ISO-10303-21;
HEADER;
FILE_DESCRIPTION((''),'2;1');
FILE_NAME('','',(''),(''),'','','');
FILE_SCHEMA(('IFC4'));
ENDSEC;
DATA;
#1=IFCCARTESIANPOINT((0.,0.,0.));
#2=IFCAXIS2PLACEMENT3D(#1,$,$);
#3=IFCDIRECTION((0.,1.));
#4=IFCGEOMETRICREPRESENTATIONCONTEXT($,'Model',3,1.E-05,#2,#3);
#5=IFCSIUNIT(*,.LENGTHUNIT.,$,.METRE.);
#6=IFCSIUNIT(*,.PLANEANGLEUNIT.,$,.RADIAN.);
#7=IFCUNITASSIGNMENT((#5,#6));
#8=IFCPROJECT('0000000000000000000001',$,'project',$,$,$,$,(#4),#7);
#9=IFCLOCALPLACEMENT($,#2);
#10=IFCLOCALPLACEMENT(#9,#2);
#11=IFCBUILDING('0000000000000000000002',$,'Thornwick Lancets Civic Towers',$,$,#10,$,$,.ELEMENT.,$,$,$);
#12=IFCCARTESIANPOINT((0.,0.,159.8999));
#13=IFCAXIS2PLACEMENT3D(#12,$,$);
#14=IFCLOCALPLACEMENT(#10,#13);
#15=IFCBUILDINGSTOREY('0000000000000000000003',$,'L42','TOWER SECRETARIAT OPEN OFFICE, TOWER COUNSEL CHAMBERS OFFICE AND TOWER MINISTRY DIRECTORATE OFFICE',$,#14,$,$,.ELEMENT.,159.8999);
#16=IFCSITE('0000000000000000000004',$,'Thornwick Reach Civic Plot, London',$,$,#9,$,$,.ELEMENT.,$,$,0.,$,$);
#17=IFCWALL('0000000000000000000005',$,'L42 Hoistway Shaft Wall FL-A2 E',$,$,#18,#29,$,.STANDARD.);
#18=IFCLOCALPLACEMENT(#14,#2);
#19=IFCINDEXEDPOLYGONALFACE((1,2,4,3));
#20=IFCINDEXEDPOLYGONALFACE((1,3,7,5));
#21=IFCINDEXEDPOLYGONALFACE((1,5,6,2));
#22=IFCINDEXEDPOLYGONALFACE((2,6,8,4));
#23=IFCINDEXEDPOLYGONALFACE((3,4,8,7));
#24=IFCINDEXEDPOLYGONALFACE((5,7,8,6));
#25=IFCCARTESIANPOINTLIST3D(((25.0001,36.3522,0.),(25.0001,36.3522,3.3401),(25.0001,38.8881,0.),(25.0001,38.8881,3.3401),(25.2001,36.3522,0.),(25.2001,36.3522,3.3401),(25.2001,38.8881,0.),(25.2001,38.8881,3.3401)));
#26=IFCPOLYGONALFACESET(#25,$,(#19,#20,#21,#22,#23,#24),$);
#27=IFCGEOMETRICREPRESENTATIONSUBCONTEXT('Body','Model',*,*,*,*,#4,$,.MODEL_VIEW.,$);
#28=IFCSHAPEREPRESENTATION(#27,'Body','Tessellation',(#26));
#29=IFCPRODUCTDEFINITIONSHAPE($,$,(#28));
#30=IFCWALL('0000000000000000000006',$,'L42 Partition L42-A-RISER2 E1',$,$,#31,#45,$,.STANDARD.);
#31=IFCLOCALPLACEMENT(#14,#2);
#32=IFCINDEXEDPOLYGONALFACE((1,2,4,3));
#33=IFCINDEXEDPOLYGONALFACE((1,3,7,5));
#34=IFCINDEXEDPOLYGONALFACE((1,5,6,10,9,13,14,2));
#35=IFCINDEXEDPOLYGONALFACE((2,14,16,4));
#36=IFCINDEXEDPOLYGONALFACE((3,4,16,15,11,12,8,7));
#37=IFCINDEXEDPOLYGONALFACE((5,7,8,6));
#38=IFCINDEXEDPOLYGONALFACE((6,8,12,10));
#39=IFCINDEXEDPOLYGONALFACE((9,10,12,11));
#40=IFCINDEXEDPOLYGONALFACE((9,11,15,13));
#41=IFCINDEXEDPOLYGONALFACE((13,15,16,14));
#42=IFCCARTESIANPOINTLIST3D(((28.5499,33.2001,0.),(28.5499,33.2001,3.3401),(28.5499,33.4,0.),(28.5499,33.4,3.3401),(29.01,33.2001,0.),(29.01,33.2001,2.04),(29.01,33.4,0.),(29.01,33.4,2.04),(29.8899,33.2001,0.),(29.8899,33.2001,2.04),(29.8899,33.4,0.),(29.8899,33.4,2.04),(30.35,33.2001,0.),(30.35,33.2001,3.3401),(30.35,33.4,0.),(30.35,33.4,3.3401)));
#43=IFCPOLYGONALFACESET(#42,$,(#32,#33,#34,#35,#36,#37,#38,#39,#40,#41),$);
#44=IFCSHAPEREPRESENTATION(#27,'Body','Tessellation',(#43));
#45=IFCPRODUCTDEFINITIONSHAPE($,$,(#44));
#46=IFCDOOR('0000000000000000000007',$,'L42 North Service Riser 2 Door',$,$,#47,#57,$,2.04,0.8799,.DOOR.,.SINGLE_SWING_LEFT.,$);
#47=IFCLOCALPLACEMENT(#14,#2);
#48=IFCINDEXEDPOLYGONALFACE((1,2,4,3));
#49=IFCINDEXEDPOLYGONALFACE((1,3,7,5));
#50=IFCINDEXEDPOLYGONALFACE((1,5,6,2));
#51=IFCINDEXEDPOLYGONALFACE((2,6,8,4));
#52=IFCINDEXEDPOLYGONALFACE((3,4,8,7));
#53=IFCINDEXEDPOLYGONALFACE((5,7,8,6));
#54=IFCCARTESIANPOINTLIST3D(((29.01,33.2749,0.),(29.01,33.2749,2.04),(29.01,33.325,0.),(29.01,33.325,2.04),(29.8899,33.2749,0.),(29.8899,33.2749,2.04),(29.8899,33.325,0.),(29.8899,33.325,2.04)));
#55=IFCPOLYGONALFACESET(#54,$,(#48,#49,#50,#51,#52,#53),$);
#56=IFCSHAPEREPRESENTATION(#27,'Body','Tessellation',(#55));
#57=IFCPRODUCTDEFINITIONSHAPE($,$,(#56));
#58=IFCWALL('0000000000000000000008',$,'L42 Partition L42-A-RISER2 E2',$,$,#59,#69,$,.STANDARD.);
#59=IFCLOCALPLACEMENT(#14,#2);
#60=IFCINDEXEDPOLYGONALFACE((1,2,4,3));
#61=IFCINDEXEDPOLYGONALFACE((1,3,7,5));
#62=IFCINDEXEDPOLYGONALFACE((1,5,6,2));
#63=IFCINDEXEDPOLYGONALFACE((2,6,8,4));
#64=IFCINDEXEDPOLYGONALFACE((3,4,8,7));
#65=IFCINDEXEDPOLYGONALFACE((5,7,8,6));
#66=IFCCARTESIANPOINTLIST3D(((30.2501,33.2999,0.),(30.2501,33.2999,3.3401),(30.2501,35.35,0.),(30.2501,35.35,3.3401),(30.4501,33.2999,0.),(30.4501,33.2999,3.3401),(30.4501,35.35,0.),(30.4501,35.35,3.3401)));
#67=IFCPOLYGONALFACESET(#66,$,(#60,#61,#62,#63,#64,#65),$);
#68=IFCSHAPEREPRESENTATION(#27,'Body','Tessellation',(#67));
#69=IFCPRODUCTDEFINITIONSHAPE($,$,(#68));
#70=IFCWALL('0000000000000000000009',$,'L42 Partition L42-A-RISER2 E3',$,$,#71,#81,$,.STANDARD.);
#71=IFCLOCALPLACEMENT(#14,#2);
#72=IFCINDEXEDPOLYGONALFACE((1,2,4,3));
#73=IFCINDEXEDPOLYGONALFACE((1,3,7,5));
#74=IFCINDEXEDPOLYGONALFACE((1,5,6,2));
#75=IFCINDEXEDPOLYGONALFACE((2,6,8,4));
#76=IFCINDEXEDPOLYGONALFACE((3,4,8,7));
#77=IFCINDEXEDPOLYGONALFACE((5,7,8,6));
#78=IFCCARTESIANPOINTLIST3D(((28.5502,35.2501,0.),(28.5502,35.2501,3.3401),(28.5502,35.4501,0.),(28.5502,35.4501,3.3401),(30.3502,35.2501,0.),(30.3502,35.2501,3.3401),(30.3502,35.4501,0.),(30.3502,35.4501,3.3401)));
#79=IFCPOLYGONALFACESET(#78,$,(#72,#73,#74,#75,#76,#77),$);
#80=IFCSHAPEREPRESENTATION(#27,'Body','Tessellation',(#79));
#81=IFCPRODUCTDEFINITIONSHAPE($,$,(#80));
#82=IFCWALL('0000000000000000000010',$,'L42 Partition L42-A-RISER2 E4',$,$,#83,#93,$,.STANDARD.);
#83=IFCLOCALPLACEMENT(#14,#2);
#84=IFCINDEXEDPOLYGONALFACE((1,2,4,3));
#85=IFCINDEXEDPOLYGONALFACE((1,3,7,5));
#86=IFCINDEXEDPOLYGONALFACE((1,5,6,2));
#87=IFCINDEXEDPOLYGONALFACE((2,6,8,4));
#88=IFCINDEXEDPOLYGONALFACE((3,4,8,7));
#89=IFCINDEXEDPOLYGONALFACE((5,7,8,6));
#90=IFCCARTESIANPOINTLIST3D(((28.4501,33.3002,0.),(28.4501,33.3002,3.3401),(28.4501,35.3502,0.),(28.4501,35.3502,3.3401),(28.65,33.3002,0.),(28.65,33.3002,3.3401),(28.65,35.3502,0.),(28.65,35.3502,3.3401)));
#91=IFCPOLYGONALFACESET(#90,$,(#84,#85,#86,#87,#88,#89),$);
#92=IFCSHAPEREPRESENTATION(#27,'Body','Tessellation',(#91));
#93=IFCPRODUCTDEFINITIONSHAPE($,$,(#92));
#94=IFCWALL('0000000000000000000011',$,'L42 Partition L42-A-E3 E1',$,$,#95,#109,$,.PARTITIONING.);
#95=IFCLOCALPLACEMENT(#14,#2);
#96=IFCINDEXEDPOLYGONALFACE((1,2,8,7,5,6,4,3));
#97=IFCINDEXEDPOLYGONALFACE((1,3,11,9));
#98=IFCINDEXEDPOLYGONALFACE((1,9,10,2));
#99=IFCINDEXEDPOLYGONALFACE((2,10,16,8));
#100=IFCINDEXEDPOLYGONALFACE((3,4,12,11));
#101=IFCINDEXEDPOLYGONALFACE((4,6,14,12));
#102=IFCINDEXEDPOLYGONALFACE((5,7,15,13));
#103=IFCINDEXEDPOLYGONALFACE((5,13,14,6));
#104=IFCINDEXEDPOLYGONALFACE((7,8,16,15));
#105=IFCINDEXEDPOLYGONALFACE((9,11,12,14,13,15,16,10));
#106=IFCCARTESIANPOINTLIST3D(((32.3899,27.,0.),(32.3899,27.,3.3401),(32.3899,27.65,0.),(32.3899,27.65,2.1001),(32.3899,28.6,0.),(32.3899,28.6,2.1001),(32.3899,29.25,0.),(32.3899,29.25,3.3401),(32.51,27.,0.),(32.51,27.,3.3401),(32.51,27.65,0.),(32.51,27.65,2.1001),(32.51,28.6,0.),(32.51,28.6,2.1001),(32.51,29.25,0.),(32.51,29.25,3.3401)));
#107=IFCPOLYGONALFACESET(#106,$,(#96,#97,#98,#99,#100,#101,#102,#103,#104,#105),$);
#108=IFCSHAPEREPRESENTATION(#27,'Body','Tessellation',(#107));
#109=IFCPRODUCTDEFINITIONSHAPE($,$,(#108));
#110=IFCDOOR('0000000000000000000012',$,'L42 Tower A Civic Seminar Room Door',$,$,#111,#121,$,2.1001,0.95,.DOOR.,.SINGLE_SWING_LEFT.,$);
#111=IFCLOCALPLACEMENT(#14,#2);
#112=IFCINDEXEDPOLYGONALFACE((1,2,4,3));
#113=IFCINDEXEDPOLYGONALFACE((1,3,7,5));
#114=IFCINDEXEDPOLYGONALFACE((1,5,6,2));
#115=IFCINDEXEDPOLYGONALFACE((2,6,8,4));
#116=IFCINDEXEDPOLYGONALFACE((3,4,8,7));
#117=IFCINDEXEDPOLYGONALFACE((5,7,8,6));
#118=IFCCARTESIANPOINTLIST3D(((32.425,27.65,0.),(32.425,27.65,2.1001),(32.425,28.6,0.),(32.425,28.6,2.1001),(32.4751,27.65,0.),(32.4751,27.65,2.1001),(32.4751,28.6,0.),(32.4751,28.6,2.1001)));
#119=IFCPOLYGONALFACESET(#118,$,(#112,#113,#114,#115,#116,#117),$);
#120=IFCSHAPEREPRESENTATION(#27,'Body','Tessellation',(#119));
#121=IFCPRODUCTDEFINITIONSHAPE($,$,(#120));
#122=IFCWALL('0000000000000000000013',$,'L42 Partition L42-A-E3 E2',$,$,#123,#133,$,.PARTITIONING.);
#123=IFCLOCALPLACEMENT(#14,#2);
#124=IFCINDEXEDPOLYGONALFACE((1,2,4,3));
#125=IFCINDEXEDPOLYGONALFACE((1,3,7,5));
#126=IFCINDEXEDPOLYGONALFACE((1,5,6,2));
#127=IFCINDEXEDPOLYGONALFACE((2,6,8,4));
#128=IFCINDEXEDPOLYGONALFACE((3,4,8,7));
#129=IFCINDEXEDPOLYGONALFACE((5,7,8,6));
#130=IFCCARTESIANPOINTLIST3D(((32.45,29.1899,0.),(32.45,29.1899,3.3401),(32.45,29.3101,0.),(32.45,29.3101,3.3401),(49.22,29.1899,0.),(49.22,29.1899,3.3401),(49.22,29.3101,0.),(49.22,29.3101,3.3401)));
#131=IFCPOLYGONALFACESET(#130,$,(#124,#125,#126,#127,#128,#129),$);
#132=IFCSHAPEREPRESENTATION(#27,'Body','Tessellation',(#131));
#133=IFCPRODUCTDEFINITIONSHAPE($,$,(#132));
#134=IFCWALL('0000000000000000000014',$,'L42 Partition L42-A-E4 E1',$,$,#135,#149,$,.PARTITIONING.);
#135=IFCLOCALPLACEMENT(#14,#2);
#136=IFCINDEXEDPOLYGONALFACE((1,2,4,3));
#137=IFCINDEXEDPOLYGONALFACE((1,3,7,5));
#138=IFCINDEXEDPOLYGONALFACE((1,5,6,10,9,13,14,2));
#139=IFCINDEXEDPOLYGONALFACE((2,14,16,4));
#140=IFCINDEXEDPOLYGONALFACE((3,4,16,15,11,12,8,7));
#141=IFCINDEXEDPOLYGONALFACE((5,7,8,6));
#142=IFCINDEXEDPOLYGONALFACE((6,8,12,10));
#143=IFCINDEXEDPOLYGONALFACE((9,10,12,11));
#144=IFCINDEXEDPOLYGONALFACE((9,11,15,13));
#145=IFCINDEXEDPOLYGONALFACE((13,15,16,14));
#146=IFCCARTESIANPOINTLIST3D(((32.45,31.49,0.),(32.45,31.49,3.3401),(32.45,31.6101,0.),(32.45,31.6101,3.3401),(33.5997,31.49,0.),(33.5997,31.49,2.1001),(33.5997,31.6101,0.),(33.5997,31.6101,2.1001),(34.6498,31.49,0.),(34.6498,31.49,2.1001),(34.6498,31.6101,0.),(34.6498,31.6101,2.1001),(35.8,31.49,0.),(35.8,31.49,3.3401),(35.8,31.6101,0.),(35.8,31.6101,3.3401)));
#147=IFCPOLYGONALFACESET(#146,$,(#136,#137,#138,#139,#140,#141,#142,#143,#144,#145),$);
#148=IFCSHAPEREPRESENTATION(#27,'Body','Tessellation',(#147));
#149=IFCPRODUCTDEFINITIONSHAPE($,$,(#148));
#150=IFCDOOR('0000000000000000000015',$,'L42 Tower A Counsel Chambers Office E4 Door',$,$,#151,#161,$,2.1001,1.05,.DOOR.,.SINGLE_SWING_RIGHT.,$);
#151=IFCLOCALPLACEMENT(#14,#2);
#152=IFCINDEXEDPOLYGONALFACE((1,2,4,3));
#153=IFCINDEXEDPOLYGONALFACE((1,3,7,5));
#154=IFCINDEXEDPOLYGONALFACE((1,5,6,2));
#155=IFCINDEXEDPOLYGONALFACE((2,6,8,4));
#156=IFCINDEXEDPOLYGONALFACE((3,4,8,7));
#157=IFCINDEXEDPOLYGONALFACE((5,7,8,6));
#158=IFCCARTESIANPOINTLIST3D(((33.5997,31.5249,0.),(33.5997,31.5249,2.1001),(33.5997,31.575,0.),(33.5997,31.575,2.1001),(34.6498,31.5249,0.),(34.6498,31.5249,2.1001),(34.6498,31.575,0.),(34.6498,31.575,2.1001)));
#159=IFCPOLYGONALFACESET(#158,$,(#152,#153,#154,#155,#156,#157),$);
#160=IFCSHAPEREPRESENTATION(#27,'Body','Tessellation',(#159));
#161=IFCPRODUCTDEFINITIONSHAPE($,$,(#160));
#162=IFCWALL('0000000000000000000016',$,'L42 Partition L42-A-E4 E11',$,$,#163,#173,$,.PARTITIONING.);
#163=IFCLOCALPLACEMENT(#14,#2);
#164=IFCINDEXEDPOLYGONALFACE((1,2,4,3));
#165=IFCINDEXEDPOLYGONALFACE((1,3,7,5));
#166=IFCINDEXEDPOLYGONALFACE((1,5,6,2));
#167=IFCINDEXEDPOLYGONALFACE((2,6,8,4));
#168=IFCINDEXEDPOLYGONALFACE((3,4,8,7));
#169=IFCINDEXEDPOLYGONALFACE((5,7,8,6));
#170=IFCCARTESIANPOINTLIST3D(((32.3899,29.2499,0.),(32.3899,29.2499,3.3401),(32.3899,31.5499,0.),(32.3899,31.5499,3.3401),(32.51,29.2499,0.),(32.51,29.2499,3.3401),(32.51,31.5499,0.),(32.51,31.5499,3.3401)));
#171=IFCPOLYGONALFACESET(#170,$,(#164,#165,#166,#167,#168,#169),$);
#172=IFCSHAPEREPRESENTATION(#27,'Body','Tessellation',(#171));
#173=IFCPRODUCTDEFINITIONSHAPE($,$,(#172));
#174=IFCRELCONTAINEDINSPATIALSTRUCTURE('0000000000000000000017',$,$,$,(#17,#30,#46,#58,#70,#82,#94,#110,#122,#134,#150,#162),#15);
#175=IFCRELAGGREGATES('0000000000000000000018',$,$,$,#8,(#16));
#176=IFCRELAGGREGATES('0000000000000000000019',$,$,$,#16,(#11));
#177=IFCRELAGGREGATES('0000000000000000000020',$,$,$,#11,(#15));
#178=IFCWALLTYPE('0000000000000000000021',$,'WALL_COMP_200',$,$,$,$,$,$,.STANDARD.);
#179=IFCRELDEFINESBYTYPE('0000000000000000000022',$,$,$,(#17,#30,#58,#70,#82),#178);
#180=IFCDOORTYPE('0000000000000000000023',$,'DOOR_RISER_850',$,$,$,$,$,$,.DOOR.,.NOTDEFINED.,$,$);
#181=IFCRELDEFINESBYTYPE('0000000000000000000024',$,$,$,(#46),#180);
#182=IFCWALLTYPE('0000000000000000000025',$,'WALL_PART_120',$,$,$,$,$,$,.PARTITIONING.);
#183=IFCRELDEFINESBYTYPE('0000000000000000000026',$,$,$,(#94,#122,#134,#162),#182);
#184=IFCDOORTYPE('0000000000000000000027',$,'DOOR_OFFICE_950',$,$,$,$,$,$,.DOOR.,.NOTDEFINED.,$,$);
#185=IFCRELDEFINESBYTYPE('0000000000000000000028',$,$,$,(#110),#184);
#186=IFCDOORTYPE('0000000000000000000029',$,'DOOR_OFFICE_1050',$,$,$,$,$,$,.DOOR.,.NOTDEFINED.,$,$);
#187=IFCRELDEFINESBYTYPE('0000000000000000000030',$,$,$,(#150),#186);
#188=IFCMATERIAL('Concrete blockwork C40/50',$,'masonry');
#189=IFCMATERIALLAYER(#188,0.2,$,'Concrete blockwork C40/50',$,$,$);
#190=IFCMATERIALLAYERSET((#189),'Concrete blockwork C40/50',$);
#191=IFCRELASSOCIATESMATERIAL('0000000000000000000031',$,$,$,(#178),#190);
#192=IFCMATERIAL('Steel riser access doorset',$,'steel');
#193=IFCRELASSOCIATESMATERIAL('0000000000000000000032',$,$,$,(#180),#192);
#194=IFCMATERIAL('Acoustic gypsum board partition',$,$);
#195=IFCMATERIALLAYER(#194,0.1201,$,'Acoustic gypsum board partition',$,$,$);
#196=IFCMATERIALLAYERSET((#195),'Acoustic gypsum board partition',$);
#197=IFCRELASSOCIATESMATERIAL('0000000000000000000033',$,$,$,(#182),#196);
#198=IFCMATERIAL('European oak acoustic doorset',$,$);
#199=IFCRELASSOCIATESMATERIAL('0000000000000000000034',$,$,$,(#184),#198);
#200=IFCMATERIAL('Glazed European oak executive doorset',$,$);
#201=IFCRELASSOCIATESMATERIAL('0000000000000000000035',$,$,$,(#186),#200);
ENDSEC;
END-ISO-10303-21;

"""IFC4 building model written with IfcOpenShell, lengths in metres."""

from ifc_helpers import new_model, si_unit, direction, frame, frame_2d, origin, place, context, subcontext, project, spatial, rectangle, extrude, material, layer, layer_set, type_object, element, fill, save


model = new_model("IFC4")

# Units and contexts
model_context = context("Model", 3, precision=1e-05, world=origin(), true_north=direction((0.0, 1.0)))
body_context = subcontext(model_context, "Body", "Model", "MODEL_VIEW")
ifc_project = project(units=[si_unit("LENGTHUNIT", "METRE"), si_unit("PLANEANGLEUNIT", "RADIAN")], contexts=[model_context])

# Site, building, storey
site_placement = place(None, origin())
site = spatial("IfcSite", under=ifc_project, at=site_placement, Name="Thornwick Reach Civic Plot, London", CompositionType="ELEMENT", RefElevation=0.0)
building_placement = place(site_placement, origin())
building = spatial("IfcBuilding", under=site, at=building_placement, Name="Thornwick Lancets Civic Towers", CompositionType="ELEMENT")
storey_placement = place(building_placement, frame((0.0, 0.0, 159.8999)))
storey = spatial("IfcBuildingStorey", under=building, at=storey_placement, Name="L42", Description="TOWER SECRETARIAT OPEN OFFICE, TOWER COUNSEL CHAMBERS OFFICE AND TOWER MINISTRY DIRECTORATE OFFICE", CompositionType="ELEMENT", Elevation=159.8999)

# Shared definitions
ifc_material_1 = material(Name="Concrete blockwork C40/50", Category="masonry")
ifc_layer_1 = layer(ifc_material_1, 0.2, Name="Concrete blockwork C40/50")
ifc_layer_set_1 = layer_set([ifc_layer_1], Name="Concrete blockwork C40/50")
wall_type_1 = type_object("IfcWallType", Name="WALL_COMP_200", PredefinedType="STANDARD", material=ifc_layer_set_1)

# Wall
wall_1_placement = place(storey_placement, frame((25.1001, 36.3521, 0.0), z_axis=(0.0, 0.0, 1.0), x_axis=(0.0, 1.0, 0.0)))
element("IfcWall", 1, at=wall_1_placement, inside=storey, type_object=wall_type_1, Name="L42 Hoistway Shaft Wall FL-A2 E", PredefinedType="STANDARD", context=body_context, shape_type="SweptSolid", body=[
    extrude(rectangle(XDim=2.5359, YDim=0.2, at=frame_2d((1.2681, 0.0))), origin(), (0.0, 0.0, 1.0), 3.3401),
])

# Wall, opening, door
wall_2_placement = place(storey_placement, frame((28.55, 33.3, 0.0), z_axis=(0.0, 0.0, 1.0), x_axis=(1.0, 0.0, 0.0)))
wall_2 = element("IfcWall", 2, at=wall_2_placement, inside=storey, type_object=wall_type_1, Name="L42 Partition L42-A-RISER2 E1", PredefinedType="STANDARD", context=body_context, shape_type="SweptSolid", body=[
    extrude(rectangle(XDim=1.8, YDim=0.2, at=frame_2d((0.8999, 0.0))), origin(), (0.0, 0.0, 1.0), 3.3401),
])
opening_1_placement = place(wall_2_placement, frame((0.46, 0.0, 0.0)))
opening_1 = element("IfcOpeningElement", 3, at=opening_1_placement, cuts=wall_2, PredefinedType="OPENING", context=body_context, shape_type="SweptSolid", body=[
    extrude(rectangle(XDim=0.8799, YDim=2.04, at=frame_2d((0.4399, 1.02))), frame((0.0, 0.1099, 0.0), z_axis=(0.0, -1.0, 0.0), x_axis=(1.0, 0.0, 0.0)), (0.0, 0.0, 1.0), 0.22),
])
ifc_material_2 = material(Name="Steel riser access doorset", Category="steel")
door_type_1 = type_object("IfcDoorType", Name="DOOR_RISER_850", OperationType="NOTDEFINED", PredefinedType="DOOR", material=ifc_material_2)
door_1_placement = place(opening_1_placement, origin())
door_1 = element("IfcDoor", 4, at=door_1_placement, inside=storey, type_object=door_type_1, Name="L42 North Service Riser 2 Door", OperationType="SINGLE_SWING_LEFT", OverallHeight=2.04, OverallWidth=0.8799, PredefinedType="DOOR", context=body_context, shape_type="SweptSolid", body=[
    extrude(rectangle(XDim=0.8799, YDim=2.04, at=frame_2d((0.4399, 1.02))), frame((0.0, 0.0249, 0.0), z_axis=(0.0, -1.0, 0.0), x_axis=(1.0, 0.0, 0.0)), (0.0, 0.0, 1.0), 0.05),
])
fill(opening_1, door_1)

# Walls
wall_3_placement = place(storey_placement, frame((30.3501, 33.3, 0.0), z_axis=(0.0, 0.0, 1.0), x_axis=(0.0, 1.0, 0.0)))
element("IfcWall", 5, at=wall_3_placement, inside=storey, type_object=wall_type_1, Name="L42 Partition L42-A-RISER2 E2", PredefinedType="STANDARD", context=body_context, shape_type="SweptSolid", body=[
    extrude(rectangle(XDim=2.05, YDim=0.2, at=frame_2d((1.0249, 0.0))), origin(), (0.0, 0.0, 1.0), 3.3401),
])
wall_4_placement = place(storey_placement, frame((30.3501, 35.3501, 0.0), z_axis=(0.0, 0.0, 1.0), x_axis=(-1.0, 0.0, 0.0)))
element("IfcWall", 6, at=wall_4_placement, inside=storey, type_object=wall_type_1, Name="L42 Partition L42-A-RISER2 E3", PredefinedType="STANDARD", context=body_context, shape_type="SweptSolid", body=[
    extrude(rectangle(XDim=1.8, YDim=0.2, at=frame_2d((0.8999, 0.0))), origin(), (0.0, 0.0, 1.0), 3.3401),
])
wall_5_placement = place(storey_placement, frame((28.55, 35.3501, 0.0), z_axis=(0.0, 0.0, 1.0), x_axis=(0.0, -1.0, 0.0)))
element("IfcWall", 7, at=wall_5_placement, inside=storey, type_object=wall_type_1, Name="L42 Partition L42-A-RISER2 E4", PredefinedType="STANDARD", context=body_context, shape_type="SweptSolid", body=[
    extrude(rectangle(XDim=2.05, YDim=0.2, at=frame_2d((1.0249, 0.0))), origin(), (0.0, 0.0, 1.0), 3.3401),
])

# Wall, opening, door
ifc_material_3 = material(Name="Acoustic gypsum board partition")
ifc_layer_2 = layer(ifc_material_3, 0.1201, Name="Acoustic gypsum board partition")
ifc_layer_set_2 = layer_set([ifc_layer_2], Name="Acoustic gypsum board partition")
wall_type_2 = type_object("IfcWallType", Name="WALL_PART_120", PredefinedType="PARTITIONING", material=ifc_layer_set_2)
wall_6_placement = place(storey_placement, frame((32.45, 27.0, 0.0), z_axis=(0.0, 0.0, 1.0), x_axis=(0.0, 1.0, 0.0)))
wall_6 = element("IfcWall", 8, at=wall_6_placement, inside=storey, type_object=wall_type_2, Name="L42 Partition L42-A-E3 E1", PredefinedType="PARTITIONING", context=body_context, shape_type="SweptSolid", body=[
    extrude(rectangle(XDim=2.25, YDim=0.1201, at=frame_2d((1.125, 0.0))), origin(), (0.0, 0.0, 1.0), 3.3401),
])
opening_2_placement = place(wall_6_placement, frame((0.6499, 0.0, 0.0)))
opening_2 = element("IfcOpeningElement", 9, at=opening_2_placement, cuts=wall_6, PredefinedType="OPENING", context=body_context, shape_type="SweptSolid", body=[
    extrude(rectangle(XDim=0.95, YDim=2.1001, at=frame_2d((0.4751, 1.05))), frame((0.0, 0.0701, 0.0), z_axis=(0.0, -1.0, 0.0), x_axis=(1.0, 0.0, 0.0)), (0.0, 0.0, 1.0), 0.1401),
])
ifc_material_4 = material(Name="European oak acoustic doorset")
door_type_2 = type_object("IfcDoorType", Name="DOOR_OFFICE_950", OperationType="NOTDEFINED", PredefinedType="DOOR", material=ifc_material_4)
door_2_placement = place(opening_2_placement, origin())
door_2 = element("IfcDoor", 10, at=door_2_placement, inside=storey, type_object=door_type_2, Name="L42 Tower A Civic Seminar Room Door", OperationType="SINGLE_SWING_LEFT", OverallHeight=2.1001, OverallWidth=0.95, PredefinedType="DOOR", context=body_context, shape_type="SweptSolid", body=[
    extrude(rectangle(XDim=0.95, YDim=2.1001, at=frame_2d((0.4751, 1.05))), frame((0.0, 0.0249, 0.0), z_axis=(0.0, -1.0, 0.0), x_axis=(1.0, 0.0, 0.0)), (0.0, 0.0, 1.0), 0.05),
])
fill(opening_2, door_2)

# Wall
wall_7_placement = place(storey_placement, frame((32.45, 29.25, 0.0), z_axis=(0.0, 0.0, 1.0), x_axis=(1.0, 0.0, 0.0)))
element("IfcWall", 11, at=wall_7_placement, inside=storey, type_object=wall_type_2, Name="L42 Partition L42-A-E3 E2", PredefinedType="PARTITIONING", context=body_context, shape_type="SweptSolid", body=[
    extrude(rectangle(XDim=16.77, YDim=0.1201, at=frame_2d((8.385, 0.0))), origin(), (0.0, 0.0, 1.0), 3.3401),
])

# Wall, opening, door
wall_8_placement = place(storey_placement, frame((32.45, 31.55, 0.0), z_axis=(0.0, 0.0, 1.0), x_axis=(1.0, 0.0, 0.0)))
wall_8 = element("IfcWall", 12, at=wall_8_placement, inside=storey, type_object=wall_type_2, Name="L42 Partition L42-A-E4 E1", PredefinedType="PARTITIONING", context=body_context, shape_type="SweptSolid", body=[
    extrude(rectangle(XDim=3.3501, YDim=0.1201, at=frame_2d((1.675, 0.0))), origin(), (0.0, 0.0, 1.0), 3.3401),
])
opening_3_placement = place(wall_8_placement, frame((1.1499, 0.0, 0.0)))
opening_3 = element("IfcOpeningElement", 13, at=opening_3_placement, cuts=wall_8, PredefinedType="OPENING", context=body_context, shape_type="SweptSolid", body=[
    extrude(rectangle(XDim=1.05, YDim=2.1001, at=frame_2d((0.5249, 1.05))), frame((0.0, 0.0701, 0.0), z_axis=(0.0, -1.0, 0.0), x_axis=(1.0, 0.0, 0.0)), (0.0, 0.0, 1.0), 0.1401),
])
ifc_material_5 = material(Name="Glazed European oak executive doorset")
door_type_3 = type_object("IfcDoorType", Name="DOOR_OFFICE_1050", OperationType="NOTDEFINED", PredefinedType="DOOR", material=ifc_material_5)
door_3_placement = place(opening_3_placement, origin())
door_3 = element("IfcDoor", 14, at=door_3_placement, inside=storey, type_object=door_type_3, Name="L42 Tower A Counsel Chambers Office E4 Door", OperationType="SINGLE_SWING_RIGHT", OverallHeight=2.1001, OverallWidth=1.05, PredefinedType="DOOR", context=body_context, shape_type="SweptSolid", body=[
    extrude(rectangle(XDim=1.05, YDim=2.1001, at=frame_2d((0.5249, 1.05))), frame((0.0, 0.0249, 0.0), z_axis=(0.0, -1.0, 0.0), x_axis=(1.0, 0.0, 0.0)), (0.0, 0.0, 1.0), 0.05),
])
fill(opening_3, door_3)

# Wall
wall_9_placement = place(storey_placement, frame((32.45, 29.25, 0.0), z_axis=(0.0, 0.0, 1.0), x_axis=(0.0, 1.0, 0.0)))
element("IfcWall", 15, at=wall_9_placement, inside=storey, type_object=wall_type_2, Name="L42 Partition L42-A-E4 E11", PredefinedType="PARTITIONING", context=body_context, shape_type="SweptSolid", body=[
    extrude(rectangle(XDim=2.3, YDim=0.1201, at=frame_2d((1.1499, 0.0))), origin(), (0.0, 0.0, 1.0), 3.3401),
])

save(model, "model.ifc")
